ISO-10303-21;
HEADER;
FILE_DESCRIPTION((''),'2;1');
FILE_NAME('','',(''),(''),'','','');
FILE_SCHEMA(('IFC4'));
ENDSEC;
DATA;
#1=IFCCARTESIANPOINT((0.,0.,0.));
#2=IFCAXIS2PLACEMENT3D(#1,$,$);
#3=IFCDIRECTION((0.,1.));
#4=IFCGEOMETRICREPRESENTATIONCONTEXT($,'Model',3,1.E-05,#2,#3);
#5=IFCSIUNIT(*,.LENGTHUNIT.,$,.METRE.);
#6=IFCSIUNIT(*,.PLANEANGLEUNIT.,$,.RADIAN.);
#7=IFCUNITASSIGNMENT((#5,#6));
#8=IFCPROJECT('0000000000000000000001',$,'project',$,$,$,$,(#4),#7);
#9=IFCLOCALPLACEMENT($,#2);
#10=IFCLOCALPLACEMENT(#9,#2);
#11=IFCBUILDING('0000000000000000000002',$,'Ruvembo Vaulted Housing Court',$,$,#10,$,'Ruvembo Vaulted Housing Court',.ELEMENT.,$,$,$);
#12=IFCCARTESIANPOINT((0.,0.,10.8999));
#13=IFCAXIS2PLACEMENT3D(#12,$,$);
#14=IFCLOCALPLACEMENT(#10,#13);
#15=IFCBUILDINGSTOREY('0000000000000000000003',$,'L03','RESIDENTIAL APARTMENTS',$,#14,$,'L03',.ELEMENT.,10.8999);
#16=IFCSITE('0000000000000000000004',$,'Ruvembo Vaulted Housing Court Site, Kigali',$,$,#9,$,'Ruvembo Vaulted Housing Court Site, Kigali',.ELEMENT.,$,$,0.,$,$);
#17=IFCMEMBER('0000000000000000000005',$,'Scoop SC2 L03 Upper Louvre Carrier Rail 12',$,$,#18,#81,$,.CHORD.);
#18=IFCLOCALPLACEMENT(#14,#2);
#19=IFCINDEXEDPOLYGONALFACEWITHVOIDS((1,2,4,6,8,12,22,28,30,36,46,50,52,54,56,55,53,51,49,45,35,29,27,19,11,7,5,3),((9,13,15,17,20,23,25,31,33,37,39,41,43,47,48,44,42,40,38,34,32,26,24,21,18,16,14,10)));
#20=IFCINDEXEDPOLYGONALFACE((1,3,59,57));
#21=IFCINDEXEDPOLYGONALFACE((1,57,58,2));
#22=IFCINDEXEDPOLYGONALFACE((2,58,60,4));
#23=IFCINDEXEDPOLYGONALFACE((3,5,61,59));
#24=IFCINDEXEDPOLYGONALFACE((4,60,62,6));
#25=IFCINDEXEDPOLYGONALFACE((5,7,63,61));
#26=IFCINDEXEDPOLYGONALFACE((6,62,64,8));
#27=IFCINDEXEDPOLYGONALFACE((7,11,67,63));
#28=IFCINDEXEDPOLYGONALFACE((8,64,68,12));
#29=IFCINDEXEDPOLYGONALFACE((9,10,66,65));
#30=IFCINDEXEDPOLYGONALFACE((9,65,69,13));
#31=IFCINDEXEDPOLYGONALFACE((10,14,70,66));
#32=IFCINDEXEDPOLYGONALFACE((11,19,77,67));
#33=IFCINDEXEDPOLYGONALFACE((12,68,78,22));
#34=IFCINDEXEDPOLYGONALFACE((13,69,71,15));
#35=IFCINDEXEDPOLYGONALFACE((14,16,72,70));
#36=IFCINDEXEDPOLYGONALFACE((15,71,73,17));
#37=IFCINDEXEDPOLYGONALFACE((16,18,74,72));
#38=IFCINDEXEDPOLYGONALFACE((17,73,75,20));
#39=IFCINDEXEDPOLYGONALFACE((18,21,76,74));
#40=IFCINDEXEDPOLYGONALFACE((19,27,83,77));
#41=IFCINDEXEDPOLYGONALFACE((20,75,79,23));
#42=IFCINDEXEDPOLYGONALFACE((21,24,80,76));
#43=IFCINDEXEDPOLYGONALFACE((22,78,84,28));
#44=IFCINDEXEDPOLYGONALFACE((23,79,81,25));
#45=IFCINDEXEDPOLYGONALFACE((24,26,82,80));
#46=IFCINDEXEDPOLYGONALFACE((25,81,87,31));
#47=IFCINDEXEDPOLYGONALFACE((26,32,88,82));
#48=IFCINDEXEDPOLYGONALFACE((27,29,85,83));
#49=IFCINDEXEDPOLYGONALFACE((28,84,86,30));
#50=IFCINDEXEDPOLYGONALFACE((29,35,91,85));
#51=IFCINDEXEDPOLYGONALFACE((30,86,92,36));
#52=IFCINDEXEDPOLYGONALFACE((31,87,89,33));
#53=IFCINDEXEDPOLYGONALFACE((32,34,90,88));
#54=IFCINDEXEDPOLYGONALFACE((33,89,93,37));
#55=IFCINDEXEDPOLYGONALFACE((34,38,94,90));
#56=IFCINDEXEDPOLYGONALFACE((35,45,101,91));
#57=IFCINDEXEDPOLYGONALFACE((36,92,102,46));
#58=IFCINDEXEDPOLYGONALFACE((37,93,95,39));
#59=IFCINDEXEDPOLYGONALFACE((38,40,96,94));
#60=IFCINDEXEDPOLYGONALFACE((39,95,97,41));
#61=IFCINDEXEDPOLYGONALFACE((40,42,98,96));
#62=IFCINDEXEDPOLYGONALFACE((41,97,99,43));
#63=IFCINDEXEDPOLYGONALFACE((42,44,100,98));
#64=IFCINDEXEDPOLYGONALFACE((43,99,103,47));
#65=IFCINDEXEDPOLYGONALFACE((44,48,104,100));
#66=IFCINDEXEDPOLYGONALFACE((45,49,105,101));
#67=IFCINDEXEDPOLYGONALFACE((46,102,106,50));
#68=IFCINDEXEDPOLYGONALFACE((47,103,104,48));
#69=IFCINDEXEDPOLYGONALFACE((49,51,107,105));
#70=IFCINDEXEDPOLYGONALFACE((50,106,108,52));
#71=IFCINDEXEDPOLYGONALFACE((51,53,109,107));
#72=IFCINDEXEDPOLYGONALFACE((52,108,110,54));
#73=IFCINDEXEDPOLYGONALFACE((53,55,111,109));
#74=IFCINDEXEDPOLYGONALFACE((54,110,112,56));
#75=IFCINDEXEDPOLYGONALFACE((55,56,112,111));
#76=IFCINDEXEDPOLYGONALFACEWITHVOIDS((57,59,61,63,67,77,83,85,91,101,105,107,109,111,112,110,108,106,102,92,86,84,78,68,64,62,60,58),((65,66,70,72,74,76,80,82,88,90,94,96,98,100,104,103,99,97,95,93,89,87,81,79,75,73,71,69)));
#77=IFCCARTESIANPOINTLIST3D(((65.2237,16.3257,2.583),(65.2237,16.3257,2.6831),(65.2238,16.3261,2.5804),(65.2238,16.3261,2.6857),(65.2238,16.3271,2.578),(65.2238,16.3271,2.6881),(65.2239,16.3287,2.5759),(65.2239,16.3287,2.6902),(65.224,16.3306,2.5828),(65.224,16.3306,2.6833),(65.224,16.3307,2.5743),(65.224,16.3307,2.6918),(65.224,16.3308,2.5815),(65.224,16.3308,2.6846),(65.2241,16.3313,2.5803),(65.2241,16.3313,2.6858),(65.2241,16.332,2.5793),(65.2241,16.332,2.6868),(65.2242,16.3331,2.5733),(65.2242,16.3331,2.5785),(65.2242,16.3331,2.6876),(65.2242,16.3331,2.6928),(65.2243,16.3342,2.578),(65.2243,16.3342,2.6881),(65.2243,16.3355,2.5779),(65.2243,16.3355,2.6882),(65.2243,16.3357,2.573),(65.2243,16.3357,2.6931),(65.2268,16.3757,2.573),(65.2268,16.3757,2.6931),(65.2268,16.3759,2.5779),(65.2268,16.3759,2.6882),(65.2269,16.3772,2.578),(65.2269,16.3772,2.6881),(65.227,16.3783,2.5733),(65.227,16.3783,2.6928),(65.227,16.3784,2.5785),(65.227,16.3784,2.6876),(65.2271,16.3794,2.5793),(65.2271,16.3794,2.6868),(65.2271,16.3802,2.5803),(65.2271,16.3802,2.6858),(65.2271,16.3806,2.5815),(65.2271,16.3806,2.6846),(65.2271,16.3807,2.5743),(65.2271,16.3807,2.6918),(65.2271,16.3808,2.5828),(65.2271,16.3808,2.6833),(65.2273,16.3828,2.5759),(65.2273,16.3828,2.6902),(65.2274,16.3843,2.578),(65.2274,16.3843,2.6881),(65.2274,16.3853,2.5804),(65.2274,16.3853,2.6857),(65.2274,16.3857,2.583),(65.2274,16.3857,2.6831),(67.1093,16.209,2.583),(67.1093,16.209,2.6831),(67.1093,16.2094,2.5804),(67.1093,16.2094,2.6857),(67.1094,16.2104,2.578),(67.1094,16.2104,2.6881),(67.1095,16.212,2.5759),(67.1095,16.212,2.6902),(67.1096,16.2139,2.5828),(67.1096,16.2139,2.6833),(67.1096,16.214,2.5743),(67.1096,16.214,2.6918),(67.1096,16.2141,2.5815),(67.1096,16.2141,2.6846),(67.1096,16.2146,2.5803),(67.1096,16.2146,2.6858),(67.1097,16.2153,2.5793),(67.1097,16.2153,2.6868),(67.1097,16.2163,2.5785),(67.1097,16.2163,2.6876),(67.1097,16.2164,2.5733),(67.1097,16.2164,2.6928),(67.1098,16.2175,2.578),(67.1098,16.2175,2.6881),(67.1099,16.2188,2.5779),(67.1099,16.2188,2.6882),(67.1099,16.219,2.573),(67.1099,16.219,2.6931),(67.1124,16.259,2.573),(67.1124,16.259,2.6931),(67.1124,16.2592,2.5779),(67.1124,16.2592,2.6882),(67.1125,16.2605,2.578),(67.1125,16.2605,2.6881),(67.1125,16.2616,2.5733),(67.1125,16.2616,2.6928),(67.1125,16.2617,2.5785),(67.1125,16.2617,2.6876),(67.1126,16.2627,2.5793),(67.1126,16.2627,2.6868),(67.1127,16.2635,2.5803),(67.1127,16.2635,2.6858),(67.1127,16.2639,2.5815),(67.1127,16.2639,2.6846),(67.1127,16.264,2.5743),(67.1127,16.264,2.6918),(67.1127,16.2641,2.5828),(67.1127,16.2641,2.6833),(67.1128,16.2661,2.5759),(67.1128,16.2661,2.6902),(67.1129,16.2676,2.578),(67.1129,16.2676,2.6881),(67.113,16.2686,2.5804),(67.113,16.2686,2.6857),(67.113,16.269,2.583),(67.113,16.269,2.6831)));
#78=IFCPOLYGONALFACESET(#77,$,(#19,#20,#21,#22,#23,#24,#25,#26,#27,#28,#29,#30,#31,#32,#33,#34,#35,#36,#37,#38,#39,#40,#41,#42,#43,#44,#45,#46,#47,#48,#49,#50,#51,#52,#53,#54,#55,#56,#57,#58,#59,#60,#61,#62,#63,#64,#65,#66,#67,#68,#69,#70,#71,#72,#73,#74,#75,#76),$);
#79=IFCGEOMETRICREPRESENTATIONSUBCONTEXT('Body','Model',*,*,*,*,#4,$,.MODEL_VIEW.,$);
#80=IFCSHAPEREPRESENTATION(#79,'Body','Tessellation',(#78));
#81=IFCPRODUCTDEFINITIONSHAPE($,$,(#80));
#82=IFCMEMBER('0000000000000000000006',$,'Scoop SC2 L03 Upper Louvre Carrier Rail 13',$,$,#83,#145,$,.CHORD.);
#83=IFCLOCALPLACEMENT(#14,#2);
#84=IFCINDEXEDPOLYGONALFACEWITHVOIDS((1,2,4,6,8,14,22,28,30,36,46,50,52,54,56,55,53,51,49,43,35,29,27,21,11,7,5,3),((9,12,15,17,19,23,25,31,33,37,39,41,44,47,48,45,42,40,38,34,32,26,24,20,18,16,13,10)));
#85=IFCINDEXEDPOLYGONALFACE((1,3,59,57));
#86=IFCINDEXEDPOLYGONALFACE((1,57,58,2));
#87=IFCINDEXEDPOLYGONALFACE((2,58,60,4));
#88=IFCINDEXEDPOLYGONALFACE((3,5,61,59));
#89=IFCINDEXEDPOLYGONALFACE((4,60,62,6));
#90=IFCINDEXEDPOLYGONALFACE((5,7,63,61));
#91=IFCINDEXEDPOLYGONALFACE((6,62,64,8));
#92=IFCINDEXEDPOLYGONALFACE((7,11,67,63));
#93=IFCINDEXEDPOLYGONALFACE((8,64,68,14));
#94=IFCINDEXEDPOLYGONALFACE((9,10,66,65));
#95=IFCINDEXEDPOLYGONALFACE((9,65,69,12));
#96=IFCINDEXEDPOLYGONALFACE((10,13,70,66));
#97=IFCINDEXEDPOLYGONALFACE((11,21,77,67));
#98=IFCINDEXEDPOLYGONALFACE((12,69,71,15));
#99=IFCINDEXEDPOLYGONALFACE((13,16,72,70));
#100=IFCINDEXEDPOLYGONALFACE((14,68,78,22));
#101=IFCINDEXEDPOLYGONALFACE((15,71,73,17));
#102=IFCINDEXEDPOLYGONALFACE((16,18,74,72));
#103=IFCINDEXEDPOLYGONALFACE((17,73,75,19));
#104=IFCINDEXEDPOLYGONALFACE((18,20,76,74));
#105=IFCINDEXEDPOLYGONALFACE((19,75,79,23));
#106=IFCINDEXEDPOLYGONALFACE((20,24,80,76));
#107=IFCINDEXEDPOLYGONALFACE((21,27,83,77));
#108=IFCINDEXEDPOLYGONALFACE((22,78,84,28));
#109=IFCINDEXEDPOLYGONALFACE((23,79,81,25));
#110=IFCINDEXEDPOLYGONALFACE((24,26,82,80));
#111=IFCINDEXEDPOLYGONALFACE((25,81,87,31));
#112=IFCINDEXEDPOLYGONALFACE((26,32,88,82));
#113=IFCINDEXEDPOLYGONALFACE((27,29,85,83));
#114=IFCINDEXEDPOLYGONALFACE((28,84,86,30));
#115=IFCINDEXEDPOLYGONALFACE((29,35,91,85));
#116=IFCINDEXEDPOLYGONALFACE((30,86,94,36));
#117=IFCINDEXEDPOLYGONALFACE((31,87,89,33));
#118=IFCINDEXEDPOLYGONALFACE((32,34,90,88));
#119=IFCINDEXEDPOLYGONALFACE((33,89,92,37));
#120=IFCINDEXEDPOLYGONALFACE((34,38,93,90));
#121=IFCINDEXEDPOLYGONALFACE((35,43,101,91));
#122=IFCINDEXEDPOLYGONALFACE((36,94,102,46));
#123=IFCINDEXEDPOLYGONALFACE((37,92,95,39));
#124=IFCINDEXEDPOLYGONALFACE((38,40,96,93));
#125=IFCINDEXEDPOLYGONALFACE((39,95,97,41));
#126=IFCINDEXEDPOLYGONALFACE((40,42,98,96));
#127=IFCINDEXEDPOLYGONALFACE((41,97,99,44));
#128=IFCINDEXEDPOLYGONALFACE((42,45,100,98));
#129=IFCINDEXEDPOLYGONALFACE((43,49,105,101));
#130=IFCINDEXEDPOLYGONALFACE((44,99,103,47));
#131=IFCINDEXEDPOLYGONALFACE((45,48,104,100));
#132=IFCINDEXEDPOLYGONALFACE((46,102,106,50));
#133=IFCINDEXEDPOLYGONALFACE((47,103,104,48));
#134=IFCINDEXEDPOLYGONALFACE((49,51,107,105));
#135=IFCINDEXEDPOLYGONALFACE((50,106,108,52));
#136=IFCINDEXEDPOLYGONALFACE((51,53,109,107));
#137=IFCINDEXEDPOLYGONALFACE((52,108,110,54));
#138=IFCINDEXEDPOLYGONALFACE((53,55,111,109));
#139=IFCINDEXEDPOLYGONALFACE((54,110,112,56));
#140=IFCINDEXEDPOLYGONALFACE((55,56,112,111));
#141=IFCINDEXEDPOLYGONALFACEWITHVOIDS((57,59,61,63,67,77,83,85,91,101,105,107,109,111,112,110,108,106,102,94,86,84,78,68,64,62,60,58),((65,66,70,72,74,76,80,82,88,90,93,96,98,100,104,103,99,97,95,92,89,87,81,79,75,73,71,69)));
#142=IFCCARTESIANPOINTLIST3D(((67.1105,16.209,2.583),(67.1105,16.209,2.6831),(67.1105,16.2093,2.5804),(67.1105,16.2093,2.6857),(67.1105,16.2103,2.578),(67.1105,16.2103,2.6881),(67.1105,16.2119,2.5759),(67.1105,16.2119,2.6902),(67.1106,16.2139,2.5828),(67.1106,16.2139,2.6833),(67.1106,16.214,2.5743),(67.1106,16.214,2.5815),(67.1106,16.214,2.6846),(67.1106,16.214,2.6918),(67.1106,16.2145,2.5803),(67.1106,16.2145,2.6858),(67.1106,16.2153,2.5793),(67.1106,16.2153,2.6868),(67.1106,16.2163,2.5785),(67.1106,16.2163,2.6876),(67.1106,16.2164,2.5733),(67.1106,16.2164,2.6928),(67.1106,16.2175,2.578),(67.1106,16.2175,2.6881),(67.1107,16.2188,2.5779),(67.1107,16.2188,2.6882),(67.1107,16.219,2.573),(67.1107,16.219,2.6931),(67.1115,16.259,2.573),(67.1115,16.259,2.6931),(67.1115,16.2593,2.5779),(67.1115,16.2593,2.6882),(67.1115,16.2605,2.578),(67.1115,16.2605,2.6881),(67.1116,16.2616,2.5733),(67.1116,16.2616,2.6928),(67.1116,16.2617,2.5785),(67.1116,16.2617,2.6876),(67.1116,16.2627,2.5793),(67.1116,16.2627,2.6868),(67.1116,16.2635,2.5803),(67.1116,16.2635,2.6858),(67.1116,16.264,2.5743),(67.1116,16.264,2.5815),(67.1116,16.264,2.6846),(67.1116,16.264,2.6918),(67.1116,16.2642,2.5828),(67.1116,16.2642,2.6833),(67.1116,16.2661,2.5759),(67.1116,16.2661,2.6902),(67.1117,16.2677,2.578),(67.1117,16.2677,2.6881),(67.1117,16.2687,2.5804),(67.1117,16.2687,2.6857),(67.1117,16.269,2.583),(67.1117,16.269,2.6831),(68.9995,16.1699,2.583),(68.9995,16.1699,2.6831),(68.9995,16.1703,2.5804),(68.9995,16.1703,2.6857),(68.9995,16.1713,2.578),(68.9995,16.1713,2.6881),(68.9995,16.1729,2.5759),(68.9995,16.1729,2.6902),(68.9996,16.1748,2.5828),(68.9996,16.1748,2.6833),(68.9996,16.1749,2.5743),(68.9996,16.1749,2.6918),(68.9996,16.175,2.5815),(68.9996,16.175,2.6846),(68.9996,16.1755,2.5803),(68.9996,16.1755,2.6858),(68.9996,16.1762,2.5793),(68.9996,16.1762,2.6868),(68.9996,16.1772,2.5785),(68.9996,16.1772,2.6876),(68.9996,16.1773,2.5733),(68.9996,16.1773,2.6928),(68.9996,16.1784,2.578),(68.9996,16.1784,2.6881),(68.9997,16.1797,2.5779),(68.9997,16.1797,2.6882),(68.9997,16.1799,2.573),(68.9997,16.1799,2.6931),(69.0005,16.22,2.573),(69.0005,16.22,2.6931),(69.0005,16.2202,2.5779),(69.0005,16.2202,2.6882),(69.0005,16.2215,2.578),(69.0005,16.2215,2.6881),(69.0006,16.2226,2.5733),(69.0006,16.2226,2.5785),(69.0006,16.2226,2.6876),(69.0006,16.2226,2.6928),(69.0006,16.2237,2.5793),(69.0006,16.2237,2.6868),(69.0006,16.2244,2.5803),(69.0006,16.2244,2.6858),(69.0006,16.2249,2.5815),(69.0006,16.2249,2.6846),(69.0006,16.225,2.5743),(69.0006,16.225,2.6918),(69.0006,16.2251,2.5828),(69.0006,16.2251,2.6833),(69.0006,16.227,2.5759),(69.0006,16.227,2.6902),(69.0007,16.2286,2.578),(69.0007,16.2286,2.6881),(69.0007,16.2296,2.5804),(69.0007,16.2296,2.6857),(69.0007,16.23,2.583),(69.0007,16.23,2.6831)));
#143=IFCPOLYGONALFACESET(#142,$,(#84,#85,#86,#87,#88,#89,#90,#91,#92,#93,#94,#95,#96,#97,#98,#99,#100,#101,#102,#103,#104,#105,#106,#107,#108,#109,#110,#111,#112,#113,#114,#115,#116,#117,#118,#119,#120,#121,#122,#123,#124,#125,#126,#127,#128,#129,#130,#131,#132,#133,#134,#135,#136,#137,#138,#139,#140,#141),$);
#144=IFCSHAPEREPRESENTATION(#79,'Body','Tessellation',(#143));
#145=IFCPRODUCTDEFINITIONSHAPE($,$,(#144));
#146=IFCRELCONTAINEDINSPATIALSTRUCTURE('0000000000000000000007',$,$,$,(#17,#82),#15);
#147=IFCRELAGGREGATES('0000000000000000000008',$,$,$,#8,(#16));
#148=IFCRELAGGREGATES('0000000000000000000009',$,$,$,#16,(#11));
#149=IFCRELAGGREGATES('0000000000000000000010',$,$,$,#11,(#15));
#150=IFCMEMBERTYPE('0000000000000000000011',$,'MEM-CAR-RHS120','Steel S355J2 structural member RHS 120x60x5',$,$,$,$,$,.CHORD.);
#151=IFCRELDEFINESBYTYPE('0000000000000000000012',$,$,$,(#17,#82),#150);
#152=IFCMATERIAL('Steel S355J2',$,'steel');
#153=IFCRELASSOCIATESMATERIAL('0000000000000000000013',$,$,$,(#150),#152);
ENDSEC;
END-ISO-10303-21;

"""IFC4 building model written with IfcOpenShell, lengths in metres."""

from ifc_helpers import new_model, si_unit, direction, frame, origin, origin_2d, place, context, subcontext, project, spatial, hollow_rectangle, extrude, material, material_profile, profile_set, type_object, element, save


model = new_model("IFC4")

# Units and contexts
model_context = context("Model", 3, precision=1e-05, world=origin(), true_north=direction((0.0, 1.0)))
body_context = subcontext(model_context, "Body", "Model", "MODEL_VIEW")
ifc_project = project(units=[si_unit("LENGTHUNIT", "METRE"), si_unit("PLANEANGLEUNIT", "RADIAN")], contexts=[model_context])

# Site, building, storey
site_placement = place(None, origin())
site = spatial("IfcSite", under=ifc_project, at=site_placement, Name="Ruvembo Vaulted Housing Court Site, Kigali", LongName="Ruvembo Vaulted Housing Court Site, Kigali", CompositionType="ELEMENT", RefElevation=0.0)
building_placement = place(site_placement, origin())
building = spatial("IfcBuilding", under=site, at=building_placement, Name="Ruvembo Vaulted Housing Court", LongName="Ruvembo Vaulted Housing Court", CompositionType="ELEMENT")
storey_placement = place(building_placement, frame((0.0, 0.0, 10.8999)))
storey = spatial("IfcBuildingStorey", under=building, at=storey_placement, Name="L03", Description="RESIDENTIAL APARTMENTS", LongName="L03", CompositionType="ELEMENT", Elevation=10.8999)

# Shared definitions
ifc_material_1 = material(Name="Steel S355J2", Category="steel")

# Members
ifc_material_profile_1 = material_profile(ifc_material_1, hollow_rectangle(XDim=0.0601, YDim=0.1201, WallThickness=0.0049, InnerFilletRadius=0.0049, OuterFilletRadius=0.01, at=origin_2d()), Name="RHS 120x60x5")
ifc_profile_set_1 = profile_set([ifc_material_profile_1], Name="Steel S355J2")
member_type_1 = type_object("IfcMemberType", Name="MEM-CAR-RHS120", Description="Steel S355J2 structural member RHS 120x60x5", PredefinedType="CHORD", material=ifc_profile_set_1)
member_1_placement = place(storey_placement, frame((65.2256, 16.3557, 2.6331), z_axis=(0.99809, -0.061775, 0.0), x_axis=(0.061775, 0.99809, 0.0)))
element("IfcMember", 1, at=member_1_placement, inside=storey, type_object=member_type_1, Name="Scoop SC2 L03 Upper Louvre Carrier Rail 12", PredefinedType="CHORD", context=body_context, shape_type="SweptSolid", body=[
    extrude(hollow_rectangle(XDim=0.0601, YDim=0.1201, WallThickness=0.0049, InnerFilletRadius=0.0049, OuterFilletRadius=0.01, at=origin_2d()), origin(), (0.0, 0.0, 1.0), 1.8892),
])
member_2_placement = place(storey_placement, frame((67.1111, 16.239, 2.6331), z_axis=(0.999786, -0.020675, 0.0), x_axis=(0.020675, 0.999786, 0.0)))
element("IfcMember", 2, at=member_2_placement, inside=storey, type_object=member_type_1, Name="Scoop SC2 L03 Upper Louvre Carrier Rail 13", PredefinedType="CHORD", context=body_context, shape_type="SweptSolid", body=[
    extrude(hollow_rectangle(XDim=0.0601, YDim=0.1201, WallThickness=0.0049, InnerFilletRadius=0.0049, OuterFilletRadius=0.01, at=origin_2d()), origin(), (0.0, 0.0, 1.0), 1.8894),
])

save(model, "model.ifc")
